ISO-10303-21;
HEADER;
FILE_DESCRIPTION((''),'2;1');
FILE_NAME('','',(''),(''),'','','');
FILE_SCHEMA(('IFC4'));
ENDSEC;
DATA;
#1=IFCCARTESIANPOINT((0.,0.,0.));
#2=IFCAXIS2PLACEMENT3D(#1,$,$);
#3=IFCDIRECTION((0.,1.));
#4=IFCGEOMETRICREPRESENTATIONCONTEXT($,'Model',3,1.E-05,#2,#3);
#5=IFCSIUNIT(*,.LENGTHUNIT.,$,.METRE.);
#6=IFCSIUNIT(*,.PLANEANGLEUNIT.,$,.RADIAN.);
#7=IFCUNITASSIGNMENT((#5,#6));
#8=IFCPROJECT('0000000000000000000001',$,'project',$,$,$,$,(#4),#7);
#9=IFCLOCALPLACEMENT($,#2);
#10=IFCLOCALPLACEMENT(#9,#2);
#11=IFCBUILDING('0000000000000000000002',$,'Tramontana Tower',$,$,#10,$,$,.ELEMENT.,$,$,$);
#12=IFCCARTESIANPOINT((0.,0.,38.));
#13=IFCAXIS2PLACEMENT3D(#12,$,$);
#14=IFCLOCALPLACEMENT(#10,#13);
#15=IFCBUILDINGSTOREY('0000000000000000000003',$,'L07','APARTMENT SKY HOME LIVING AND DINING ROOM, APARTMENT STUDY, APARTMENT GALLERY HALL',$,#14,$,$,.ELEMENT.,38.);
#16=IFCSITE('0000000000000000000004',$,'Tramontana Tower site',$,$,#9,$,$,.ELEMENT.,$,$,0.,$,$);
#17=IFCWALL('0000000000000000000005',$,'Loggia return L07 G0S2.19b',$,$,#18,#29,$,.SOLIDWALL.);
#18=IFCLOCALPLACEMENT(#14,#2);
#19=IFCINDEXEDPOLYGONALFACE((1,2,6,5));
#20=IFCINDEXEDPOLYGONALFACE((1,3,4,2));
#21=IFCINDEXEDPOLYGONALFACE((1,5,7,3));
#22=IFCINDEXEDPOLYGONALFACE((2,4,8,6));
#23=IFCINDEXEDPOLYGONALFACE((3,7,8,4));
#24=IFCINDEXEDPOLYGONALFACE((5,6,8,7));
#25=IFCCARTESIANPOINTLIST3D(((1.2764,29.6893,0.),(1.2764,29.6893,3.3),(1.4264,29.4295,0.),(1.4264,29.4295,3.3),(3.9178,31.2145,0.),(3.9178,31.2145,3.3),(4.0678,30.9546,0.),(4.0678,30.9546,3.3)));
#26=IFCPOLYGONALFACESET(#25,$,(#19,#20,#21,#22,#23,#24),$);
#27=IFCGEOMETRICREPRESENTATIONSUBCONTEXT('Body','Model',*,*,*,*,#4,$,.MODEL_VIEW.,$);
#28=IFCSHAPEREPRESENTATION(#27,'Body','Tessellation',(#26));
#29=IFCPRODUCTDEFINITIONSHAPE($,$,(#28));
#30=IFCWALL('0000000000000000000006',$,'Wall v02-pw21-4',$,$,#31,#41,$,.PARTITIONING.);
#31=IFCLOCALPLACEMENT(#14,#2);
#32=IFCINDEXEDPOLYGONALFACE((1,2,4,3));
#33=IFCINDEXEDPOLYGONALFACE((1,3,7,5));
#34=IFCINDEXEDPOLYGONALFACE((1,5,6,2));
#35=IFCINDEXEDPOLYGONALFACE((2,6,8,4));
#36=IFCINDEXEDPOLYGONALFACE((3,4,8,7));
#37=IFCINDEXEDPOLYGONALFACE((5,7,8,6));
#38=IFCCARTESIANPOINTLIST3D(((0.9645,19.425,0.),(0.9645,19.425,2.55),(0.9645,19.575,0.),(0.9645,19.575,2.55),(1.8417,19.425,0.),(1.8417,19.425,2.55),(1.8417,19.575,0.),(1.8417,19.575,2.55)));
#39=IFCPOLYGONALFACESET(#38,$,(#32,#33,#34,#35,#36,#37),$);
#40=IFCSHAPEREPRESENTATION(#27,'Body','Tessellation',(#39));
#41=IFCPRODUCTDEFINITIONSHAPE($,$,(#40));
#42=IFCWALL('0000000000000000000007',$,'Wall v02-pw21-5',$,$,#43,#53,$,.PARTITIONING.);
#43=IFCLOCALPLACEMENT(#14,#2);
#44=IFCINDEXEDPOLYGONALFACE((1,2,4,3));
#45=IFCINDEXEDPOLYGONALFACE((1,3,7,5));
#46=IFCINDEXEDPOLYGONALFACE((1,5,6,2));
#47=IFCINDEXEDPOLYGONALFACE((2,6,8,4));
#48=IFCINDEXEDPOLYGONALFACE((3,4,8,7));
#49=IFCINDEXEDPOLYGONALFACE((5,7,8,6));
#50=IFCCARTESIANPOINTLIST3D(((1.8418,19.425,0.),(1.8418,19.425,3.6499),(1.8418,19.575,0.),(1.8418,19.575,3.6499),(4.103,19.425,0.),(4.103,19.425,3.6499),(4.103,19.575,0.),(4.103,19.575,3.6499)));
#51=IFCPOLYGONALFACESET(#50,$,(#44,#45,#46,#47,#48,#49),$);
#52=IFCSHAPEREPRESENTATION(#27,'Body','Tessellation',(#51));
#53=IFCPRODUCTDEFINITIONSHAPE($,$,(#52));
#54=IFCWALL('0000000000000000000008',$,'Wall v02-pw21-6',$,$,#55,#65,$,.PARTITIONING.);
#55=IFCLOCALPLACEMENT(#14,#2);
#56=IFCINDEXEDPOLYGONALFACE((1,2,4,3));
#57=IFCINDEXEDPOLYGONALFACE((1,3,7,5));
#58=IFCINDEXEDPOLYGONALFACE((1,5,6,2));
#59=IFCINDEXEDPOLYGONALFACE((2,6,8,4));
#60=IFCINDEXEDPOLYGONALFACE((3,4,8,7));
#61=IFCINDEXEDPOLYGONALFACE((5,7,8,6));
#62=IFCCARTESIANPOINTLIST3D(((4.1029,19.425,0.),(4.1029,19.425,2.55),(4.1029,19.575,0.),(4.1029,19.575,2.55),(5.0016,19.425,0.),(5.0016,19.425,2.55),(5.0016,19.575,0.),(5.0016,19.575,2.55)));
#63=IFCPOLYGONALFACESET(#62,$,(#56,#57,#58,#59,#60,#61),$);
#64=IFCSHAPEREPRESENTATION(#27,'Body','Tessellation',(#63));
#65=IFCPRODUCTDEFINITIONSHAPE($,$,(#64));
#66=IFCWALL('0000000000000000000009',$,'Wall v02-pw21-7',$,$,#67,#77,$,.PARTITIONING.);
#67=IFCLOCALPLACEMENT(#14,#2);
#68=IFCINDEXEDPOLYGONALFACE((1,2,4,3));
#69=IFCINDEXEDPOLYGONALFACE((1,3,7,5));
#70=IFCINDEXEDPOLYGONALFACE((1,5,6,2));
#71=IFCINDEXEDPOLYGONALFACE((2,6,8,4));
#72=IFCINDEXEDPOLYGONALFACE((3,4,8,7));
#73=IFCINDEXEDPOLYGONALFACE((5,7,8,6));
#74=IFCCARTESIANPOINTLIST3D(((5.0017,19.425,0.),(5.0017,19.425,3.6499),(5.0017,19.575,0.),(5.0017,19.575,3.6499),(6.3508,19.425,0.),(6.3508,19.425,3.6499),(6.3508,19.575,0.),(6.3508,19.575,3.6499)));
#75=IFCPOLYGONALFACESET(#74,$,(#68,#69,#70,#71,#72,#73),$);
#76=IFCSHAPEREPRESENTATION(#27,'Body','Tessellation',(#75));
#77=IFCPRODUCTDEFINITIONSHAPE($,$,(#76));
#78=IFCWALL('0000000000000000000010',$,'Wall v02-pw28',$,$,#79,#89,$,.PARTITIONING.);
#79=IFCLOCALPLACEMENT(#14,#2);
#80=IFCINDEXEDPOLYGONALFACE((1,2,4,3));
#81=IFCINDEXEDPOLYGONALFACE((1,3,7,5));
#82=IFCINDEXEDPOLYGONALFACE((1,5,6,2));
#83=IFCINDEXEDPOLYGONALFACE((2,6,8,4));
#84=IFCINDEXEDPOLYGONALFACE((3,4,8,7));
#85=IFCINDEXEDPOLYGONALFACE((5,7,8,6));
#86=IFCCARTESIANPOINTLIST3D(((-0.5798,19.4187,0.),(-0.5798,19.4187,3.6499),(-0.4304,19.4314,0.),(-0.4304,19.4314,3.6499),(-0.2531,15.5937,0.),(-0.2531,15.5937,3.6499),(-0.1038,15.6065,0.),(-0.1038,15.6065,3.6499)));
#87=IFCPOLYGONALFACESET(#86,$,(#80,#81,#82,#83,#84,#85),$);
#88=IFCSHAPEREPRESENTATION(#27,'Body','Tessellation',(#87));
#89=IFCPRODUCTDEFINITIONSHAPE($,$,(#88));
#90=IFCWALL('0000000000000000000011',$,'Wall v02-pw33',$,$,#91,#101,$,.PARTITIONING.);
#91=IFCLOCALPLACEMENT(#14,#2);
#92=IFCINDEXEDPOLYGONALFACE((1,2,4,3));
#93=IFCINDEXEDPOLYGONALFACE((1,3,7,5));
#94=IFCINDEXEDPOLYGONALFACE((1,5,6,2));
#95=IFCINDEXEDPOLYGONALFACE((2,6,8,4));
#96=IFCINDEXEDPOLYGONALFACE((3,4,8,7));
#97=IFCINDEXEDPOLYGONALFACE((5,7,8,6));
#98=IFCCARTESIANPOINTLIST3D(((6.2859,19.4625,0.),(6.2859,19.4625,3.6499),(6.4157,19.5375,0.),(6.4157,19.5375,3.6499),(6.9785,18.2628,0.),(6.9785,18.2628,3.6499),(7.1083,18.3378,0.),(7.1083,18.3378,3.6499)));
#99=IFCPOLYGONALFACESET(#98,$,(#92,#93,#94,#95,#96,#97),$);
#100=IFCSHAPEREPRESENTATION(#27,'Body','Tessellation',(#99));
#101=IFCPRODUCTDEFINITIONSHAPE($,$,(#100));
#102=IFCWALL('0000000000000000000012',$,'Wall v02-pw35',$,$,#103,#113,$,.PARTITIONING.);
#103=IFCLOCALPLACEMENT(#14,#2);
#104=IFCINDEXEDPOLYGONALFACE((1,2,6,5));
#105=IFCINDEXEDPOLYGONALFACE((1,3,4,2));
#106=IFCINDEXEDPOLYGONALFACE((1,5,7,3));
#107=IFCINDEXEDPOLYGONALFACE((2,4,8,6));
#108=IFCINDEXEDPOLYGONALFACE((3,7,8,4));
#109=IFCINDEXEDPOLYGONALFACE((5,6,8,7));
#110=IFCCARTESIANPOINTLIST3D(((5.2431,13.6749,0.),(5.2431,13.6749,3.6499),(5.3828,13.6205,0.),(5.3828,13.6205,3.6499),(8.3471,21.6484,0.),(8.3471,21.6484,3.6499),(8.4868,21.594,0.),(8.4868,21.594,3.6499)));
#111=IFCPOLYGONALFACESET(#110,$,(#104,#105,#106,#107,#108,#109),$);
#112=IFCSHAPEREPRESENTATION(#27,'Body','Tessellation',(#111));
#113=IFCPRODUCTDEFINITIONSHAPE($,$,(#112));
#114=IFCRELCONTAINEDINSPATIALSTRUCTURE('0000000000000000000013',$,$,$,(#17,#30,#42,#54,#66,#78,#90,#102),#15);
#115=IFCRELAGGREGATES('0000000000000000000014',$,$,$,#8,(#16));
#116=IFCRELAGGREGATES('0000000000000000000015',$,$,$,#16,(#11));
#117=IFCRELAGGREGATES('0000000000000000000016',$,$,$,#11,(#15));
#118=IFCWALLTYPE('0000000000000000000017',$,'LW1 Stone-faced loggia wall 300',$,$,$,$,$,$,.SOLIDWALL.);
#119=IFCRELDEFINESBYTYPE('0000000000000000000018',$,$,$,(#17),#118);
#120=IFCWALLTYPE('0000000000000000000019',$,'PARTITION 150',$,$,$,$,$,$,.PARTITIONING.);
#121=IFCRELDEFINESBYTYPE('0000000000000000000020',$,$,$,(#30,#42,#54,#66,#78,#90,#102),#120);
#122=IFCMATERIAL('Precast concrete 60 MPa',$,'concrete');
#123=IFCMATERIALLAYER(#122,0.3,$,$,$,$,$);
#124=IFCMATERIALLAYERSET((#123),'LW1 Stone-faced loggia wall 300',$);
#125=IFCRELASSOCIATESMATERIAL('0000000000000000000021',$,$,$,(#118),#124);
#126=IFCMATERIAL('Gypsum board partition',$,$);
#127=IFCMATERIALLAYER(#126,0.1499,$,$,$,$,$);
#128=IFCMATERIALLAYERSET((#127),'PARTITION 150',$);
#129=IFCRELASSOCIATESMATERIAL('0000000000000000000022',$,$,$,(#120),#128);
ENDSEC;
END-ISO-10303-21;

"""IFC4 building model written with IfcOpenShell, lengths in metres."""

from ifc_helpers import new_model, si_unit, direction, frame, frame_2d, origin, place, context, subcontext, project, spatial, rectangle, extrude, material, layer, layer_set, type_object, element, save


model = new_model("IFC4")

# Units and contexts
model_context = context("Model", 3, precision=1e-05, world=origin(), true_north=direction((0.0, 1.0)))
body_context = subcontext(model_context, "Body", "Model", "MODEL_VIEW")
ifc_project = project(units=[si_unit("LENGTHUNIT", "METRE"), si_unit("PLANEANGLEUNIT", "RADIAN")], contexts=[model_context])

# Site, building, storey
site_placement = place(None, origin())
site = spatial("IfcSite", under=ifc_project, at=site_placement, Name="Tramontana Tower site", CompositionType="ELEMENT", RefElevation=0.0)
building_placement = place(site_placement, origin())
building = spatial("IfcBuilding", under=site, at=building_placement, Name="Tramontana Tower", CompositionType="ELEMENT")
storey_placement = place(building_placement, frame((0.0, 0.0, 38.0)))
storey = spatial("IfcBuildingStorey", under=building, at=storey_placement, Name="L07", Description="APARTMENT SKY HOME LIVING AND DINING ROOM, APARTMENT STUDY, APARTMENT GALLERY HALL", CompositionType="ELEMENT", Elevation=38.0)

# Shared definitions
ifc_material_1 = material(Name="Precast concrete 60 MPa", Category="concrete")
ifc_layer_1 = layer(ifc_material_1, 0.3)
ifc_layer_set_1 = layer_set([ifc_layer_1], Name="LW1 Stone-faced loggia wall 300")
wall_type_1 = type_object("IfcWallType", Name="LW1 Stone-faced loggia wall 300", PredefinedType="SOLIDWALL", material=ifc_layer_set_1)

# Walls
for number, where, z_axis, x_axis, name in (
    (1, (3.9927, 31.0845, 0.0), (0.0, 0.0, 1.0), (-0.866003, -0.500039, 0.0), "Loggia return L07 G0S2.19b"),
):
    element("IfcWall", number, at=place(storey_placement, frame(where, z_axis=z_axis, x_axis=x_axis)), inside=storey, type_object=wall_type_1, Name=name, PredefinedType="SOLIDWALL", context=body_context, shape_type="SweptSolid", body=[
        extrude(rectangle(XDim=3.05, YDim=0.3, at=frame_2d((1.5249, 0.0))), origin(), (0.0, 0.0, 1.0), 3.3),
    ])
ifc_material_2 = material(Name="Gypsum board partition")
ifc_layer_2 = layer(ifc_material_2, 0.1499)
ifc_layer_set_2 = layer_set([ifc_layer_2], Name="PARTITION 150")
wall_type_2 = type_object("IfcWallType", Name="PARTITION 150", PredefinedType="PARTITIONING", material=ifc_layer_set_2)
wall_1_placement = place(storey_placement, frame((0.9646, 19.5, 0.0), z_axis=(0.0, 0.0, 1.0), x_axis=(1.0, 0.0, 0.0)))
element("IfcWall", 2, at=wall_1_placement, inside=storey, type_object=wall_type_2, Name="Wall v02-pw21-4", PredefinedType="PARTITIONING", context=body_context, shape_type="SweptSolid", body=[
    extrude(rectangle(XDim=0.8772, YDim=0.1499, at=frame_2d((0.4385, 0.0))), origin(), (0.0, 0.0, 1.0), 2.55),
])
wall_2_placement = place(storey_placement, frame((1.8418, 19.5, 0.0), z_axis=(0.0, 0.0, 1.0), x_axis=(1.0, 0.0, 0.0)))
element("IfcWall", 3, at=wall_2_placement, inside=storey, type_object=wall_type_2, Name="Wall v02-pw21-5", PredefinedType="PARTITIONING", context=body_context, shape_type="SweptSolid", body=[
    extrude(rectangle(XDim=2.2612, YDim=0.1499, at=frame_2d((1.1306, 0.0))), origin(), (0.0, 0.0, 1.0), 3.6499),
])
wall_3_placement = place(storey_placement, frame((4.103, 19.5, 0.0), z_axis=(0.0, 0.0, 1.0), x_axis=(1.0, 0.0, 0.0)))
element("IfcWall", 4, at=wall_3_placement, inside=storey, type_object=wall_type_2, Name="Wall v02-pw21-6", PredefinedType="PARTITIONING", context=body_context, shape_type="SweptSolid", body=[
    extrude(rectangle(XDim=0.8987, YDim=0.1499, at=frame_2d((0.4492, 0.0))), origin(), (0.0, 0.0, 1.0), 2.55),
])
wall_4_placement = place(storey_placement, frame((5.0017, 19.5, 0.0), z_axis=(0.0, 0.0, 1.0), x_axis=(1.0, 0.0, 0.0)))
element("IfcWall", 5, at=wall_4_placement, inside=storey, type_object=wall_type_2, Name="Wall v02-pw21-7", PredefinedType="PARTITIONING", context=body_context, shape_type="SweptSolid", body=[
    extrude(rectangle(XDim=1.3491, YDim=0.1499, at=frame_2d((0.6746, 0.0))), origin(), (0.0, 0.0, 1.0), 3.6499),
])
wall_5_placement = place(storey_placement, frame((-0.5051, 19.425, 0.0), z_axis=(0.0, 0.0, 1.0), x_axis=(0.085093, -0.996373, 0.0)))
element("IfcWall", 6, at=wall_5_placement, inside=storey, type_object=wall_type_2, Name="Wall v02-pw28", PredefinedType="PARTITIONING", context=body_context, shape_type="SweptSolid", body=[
    extrude(rectangle(XDim=3.8389, YDim=0.1499, at=frame_2d((1.9194, 0.0))), origin(), (0.0, 0.0, 1.0), 3.6499),
])
wall_6_placement = place(storey_placement, frame((6.3508, 19.5, 0.0), z_axis=(0.0, 0.0, 1.0), x_axis=(0.499987, -0.866033, 0.0)))
element("IfcWall", 7, at=wall_6_placement, inside=storey, type_object=wall_type_2, Name="Wall v02-pw33", PredefinedType="PARTITIONING", context=body_context, shape_type="SweptSolid", body=[
    extrude(rectangle(XDim=1.3853, YDim=0.1499, at=frame_2d((0.6926, 0.0))), origin(), (0.0, 0.0, 1.0), 3.6499),
])
wall_7_placement = place(storey_placement, frame((8.417, 21.6213, 0.0), z_axis=(0.0, 0.0, 1.0), x_axis=(-0.362766, -0.93188, 0.0)))
element("IfcWall", 8, at=wall_7_placement, inside=storey, type_object=wall_type_2, Name="Wall v02-pw35", PredefinedType="PARTITIONING", context=body_context, shape_type="SweptSolid", body=[
    extrude(rectangle(XDim=8.5564, YDim=0.1499, at=frame_2d((4.2783, 0.0))), origin(), (0.0, 0.0, 1.0), 3.6499),
])

save(model, "model.ifc")
